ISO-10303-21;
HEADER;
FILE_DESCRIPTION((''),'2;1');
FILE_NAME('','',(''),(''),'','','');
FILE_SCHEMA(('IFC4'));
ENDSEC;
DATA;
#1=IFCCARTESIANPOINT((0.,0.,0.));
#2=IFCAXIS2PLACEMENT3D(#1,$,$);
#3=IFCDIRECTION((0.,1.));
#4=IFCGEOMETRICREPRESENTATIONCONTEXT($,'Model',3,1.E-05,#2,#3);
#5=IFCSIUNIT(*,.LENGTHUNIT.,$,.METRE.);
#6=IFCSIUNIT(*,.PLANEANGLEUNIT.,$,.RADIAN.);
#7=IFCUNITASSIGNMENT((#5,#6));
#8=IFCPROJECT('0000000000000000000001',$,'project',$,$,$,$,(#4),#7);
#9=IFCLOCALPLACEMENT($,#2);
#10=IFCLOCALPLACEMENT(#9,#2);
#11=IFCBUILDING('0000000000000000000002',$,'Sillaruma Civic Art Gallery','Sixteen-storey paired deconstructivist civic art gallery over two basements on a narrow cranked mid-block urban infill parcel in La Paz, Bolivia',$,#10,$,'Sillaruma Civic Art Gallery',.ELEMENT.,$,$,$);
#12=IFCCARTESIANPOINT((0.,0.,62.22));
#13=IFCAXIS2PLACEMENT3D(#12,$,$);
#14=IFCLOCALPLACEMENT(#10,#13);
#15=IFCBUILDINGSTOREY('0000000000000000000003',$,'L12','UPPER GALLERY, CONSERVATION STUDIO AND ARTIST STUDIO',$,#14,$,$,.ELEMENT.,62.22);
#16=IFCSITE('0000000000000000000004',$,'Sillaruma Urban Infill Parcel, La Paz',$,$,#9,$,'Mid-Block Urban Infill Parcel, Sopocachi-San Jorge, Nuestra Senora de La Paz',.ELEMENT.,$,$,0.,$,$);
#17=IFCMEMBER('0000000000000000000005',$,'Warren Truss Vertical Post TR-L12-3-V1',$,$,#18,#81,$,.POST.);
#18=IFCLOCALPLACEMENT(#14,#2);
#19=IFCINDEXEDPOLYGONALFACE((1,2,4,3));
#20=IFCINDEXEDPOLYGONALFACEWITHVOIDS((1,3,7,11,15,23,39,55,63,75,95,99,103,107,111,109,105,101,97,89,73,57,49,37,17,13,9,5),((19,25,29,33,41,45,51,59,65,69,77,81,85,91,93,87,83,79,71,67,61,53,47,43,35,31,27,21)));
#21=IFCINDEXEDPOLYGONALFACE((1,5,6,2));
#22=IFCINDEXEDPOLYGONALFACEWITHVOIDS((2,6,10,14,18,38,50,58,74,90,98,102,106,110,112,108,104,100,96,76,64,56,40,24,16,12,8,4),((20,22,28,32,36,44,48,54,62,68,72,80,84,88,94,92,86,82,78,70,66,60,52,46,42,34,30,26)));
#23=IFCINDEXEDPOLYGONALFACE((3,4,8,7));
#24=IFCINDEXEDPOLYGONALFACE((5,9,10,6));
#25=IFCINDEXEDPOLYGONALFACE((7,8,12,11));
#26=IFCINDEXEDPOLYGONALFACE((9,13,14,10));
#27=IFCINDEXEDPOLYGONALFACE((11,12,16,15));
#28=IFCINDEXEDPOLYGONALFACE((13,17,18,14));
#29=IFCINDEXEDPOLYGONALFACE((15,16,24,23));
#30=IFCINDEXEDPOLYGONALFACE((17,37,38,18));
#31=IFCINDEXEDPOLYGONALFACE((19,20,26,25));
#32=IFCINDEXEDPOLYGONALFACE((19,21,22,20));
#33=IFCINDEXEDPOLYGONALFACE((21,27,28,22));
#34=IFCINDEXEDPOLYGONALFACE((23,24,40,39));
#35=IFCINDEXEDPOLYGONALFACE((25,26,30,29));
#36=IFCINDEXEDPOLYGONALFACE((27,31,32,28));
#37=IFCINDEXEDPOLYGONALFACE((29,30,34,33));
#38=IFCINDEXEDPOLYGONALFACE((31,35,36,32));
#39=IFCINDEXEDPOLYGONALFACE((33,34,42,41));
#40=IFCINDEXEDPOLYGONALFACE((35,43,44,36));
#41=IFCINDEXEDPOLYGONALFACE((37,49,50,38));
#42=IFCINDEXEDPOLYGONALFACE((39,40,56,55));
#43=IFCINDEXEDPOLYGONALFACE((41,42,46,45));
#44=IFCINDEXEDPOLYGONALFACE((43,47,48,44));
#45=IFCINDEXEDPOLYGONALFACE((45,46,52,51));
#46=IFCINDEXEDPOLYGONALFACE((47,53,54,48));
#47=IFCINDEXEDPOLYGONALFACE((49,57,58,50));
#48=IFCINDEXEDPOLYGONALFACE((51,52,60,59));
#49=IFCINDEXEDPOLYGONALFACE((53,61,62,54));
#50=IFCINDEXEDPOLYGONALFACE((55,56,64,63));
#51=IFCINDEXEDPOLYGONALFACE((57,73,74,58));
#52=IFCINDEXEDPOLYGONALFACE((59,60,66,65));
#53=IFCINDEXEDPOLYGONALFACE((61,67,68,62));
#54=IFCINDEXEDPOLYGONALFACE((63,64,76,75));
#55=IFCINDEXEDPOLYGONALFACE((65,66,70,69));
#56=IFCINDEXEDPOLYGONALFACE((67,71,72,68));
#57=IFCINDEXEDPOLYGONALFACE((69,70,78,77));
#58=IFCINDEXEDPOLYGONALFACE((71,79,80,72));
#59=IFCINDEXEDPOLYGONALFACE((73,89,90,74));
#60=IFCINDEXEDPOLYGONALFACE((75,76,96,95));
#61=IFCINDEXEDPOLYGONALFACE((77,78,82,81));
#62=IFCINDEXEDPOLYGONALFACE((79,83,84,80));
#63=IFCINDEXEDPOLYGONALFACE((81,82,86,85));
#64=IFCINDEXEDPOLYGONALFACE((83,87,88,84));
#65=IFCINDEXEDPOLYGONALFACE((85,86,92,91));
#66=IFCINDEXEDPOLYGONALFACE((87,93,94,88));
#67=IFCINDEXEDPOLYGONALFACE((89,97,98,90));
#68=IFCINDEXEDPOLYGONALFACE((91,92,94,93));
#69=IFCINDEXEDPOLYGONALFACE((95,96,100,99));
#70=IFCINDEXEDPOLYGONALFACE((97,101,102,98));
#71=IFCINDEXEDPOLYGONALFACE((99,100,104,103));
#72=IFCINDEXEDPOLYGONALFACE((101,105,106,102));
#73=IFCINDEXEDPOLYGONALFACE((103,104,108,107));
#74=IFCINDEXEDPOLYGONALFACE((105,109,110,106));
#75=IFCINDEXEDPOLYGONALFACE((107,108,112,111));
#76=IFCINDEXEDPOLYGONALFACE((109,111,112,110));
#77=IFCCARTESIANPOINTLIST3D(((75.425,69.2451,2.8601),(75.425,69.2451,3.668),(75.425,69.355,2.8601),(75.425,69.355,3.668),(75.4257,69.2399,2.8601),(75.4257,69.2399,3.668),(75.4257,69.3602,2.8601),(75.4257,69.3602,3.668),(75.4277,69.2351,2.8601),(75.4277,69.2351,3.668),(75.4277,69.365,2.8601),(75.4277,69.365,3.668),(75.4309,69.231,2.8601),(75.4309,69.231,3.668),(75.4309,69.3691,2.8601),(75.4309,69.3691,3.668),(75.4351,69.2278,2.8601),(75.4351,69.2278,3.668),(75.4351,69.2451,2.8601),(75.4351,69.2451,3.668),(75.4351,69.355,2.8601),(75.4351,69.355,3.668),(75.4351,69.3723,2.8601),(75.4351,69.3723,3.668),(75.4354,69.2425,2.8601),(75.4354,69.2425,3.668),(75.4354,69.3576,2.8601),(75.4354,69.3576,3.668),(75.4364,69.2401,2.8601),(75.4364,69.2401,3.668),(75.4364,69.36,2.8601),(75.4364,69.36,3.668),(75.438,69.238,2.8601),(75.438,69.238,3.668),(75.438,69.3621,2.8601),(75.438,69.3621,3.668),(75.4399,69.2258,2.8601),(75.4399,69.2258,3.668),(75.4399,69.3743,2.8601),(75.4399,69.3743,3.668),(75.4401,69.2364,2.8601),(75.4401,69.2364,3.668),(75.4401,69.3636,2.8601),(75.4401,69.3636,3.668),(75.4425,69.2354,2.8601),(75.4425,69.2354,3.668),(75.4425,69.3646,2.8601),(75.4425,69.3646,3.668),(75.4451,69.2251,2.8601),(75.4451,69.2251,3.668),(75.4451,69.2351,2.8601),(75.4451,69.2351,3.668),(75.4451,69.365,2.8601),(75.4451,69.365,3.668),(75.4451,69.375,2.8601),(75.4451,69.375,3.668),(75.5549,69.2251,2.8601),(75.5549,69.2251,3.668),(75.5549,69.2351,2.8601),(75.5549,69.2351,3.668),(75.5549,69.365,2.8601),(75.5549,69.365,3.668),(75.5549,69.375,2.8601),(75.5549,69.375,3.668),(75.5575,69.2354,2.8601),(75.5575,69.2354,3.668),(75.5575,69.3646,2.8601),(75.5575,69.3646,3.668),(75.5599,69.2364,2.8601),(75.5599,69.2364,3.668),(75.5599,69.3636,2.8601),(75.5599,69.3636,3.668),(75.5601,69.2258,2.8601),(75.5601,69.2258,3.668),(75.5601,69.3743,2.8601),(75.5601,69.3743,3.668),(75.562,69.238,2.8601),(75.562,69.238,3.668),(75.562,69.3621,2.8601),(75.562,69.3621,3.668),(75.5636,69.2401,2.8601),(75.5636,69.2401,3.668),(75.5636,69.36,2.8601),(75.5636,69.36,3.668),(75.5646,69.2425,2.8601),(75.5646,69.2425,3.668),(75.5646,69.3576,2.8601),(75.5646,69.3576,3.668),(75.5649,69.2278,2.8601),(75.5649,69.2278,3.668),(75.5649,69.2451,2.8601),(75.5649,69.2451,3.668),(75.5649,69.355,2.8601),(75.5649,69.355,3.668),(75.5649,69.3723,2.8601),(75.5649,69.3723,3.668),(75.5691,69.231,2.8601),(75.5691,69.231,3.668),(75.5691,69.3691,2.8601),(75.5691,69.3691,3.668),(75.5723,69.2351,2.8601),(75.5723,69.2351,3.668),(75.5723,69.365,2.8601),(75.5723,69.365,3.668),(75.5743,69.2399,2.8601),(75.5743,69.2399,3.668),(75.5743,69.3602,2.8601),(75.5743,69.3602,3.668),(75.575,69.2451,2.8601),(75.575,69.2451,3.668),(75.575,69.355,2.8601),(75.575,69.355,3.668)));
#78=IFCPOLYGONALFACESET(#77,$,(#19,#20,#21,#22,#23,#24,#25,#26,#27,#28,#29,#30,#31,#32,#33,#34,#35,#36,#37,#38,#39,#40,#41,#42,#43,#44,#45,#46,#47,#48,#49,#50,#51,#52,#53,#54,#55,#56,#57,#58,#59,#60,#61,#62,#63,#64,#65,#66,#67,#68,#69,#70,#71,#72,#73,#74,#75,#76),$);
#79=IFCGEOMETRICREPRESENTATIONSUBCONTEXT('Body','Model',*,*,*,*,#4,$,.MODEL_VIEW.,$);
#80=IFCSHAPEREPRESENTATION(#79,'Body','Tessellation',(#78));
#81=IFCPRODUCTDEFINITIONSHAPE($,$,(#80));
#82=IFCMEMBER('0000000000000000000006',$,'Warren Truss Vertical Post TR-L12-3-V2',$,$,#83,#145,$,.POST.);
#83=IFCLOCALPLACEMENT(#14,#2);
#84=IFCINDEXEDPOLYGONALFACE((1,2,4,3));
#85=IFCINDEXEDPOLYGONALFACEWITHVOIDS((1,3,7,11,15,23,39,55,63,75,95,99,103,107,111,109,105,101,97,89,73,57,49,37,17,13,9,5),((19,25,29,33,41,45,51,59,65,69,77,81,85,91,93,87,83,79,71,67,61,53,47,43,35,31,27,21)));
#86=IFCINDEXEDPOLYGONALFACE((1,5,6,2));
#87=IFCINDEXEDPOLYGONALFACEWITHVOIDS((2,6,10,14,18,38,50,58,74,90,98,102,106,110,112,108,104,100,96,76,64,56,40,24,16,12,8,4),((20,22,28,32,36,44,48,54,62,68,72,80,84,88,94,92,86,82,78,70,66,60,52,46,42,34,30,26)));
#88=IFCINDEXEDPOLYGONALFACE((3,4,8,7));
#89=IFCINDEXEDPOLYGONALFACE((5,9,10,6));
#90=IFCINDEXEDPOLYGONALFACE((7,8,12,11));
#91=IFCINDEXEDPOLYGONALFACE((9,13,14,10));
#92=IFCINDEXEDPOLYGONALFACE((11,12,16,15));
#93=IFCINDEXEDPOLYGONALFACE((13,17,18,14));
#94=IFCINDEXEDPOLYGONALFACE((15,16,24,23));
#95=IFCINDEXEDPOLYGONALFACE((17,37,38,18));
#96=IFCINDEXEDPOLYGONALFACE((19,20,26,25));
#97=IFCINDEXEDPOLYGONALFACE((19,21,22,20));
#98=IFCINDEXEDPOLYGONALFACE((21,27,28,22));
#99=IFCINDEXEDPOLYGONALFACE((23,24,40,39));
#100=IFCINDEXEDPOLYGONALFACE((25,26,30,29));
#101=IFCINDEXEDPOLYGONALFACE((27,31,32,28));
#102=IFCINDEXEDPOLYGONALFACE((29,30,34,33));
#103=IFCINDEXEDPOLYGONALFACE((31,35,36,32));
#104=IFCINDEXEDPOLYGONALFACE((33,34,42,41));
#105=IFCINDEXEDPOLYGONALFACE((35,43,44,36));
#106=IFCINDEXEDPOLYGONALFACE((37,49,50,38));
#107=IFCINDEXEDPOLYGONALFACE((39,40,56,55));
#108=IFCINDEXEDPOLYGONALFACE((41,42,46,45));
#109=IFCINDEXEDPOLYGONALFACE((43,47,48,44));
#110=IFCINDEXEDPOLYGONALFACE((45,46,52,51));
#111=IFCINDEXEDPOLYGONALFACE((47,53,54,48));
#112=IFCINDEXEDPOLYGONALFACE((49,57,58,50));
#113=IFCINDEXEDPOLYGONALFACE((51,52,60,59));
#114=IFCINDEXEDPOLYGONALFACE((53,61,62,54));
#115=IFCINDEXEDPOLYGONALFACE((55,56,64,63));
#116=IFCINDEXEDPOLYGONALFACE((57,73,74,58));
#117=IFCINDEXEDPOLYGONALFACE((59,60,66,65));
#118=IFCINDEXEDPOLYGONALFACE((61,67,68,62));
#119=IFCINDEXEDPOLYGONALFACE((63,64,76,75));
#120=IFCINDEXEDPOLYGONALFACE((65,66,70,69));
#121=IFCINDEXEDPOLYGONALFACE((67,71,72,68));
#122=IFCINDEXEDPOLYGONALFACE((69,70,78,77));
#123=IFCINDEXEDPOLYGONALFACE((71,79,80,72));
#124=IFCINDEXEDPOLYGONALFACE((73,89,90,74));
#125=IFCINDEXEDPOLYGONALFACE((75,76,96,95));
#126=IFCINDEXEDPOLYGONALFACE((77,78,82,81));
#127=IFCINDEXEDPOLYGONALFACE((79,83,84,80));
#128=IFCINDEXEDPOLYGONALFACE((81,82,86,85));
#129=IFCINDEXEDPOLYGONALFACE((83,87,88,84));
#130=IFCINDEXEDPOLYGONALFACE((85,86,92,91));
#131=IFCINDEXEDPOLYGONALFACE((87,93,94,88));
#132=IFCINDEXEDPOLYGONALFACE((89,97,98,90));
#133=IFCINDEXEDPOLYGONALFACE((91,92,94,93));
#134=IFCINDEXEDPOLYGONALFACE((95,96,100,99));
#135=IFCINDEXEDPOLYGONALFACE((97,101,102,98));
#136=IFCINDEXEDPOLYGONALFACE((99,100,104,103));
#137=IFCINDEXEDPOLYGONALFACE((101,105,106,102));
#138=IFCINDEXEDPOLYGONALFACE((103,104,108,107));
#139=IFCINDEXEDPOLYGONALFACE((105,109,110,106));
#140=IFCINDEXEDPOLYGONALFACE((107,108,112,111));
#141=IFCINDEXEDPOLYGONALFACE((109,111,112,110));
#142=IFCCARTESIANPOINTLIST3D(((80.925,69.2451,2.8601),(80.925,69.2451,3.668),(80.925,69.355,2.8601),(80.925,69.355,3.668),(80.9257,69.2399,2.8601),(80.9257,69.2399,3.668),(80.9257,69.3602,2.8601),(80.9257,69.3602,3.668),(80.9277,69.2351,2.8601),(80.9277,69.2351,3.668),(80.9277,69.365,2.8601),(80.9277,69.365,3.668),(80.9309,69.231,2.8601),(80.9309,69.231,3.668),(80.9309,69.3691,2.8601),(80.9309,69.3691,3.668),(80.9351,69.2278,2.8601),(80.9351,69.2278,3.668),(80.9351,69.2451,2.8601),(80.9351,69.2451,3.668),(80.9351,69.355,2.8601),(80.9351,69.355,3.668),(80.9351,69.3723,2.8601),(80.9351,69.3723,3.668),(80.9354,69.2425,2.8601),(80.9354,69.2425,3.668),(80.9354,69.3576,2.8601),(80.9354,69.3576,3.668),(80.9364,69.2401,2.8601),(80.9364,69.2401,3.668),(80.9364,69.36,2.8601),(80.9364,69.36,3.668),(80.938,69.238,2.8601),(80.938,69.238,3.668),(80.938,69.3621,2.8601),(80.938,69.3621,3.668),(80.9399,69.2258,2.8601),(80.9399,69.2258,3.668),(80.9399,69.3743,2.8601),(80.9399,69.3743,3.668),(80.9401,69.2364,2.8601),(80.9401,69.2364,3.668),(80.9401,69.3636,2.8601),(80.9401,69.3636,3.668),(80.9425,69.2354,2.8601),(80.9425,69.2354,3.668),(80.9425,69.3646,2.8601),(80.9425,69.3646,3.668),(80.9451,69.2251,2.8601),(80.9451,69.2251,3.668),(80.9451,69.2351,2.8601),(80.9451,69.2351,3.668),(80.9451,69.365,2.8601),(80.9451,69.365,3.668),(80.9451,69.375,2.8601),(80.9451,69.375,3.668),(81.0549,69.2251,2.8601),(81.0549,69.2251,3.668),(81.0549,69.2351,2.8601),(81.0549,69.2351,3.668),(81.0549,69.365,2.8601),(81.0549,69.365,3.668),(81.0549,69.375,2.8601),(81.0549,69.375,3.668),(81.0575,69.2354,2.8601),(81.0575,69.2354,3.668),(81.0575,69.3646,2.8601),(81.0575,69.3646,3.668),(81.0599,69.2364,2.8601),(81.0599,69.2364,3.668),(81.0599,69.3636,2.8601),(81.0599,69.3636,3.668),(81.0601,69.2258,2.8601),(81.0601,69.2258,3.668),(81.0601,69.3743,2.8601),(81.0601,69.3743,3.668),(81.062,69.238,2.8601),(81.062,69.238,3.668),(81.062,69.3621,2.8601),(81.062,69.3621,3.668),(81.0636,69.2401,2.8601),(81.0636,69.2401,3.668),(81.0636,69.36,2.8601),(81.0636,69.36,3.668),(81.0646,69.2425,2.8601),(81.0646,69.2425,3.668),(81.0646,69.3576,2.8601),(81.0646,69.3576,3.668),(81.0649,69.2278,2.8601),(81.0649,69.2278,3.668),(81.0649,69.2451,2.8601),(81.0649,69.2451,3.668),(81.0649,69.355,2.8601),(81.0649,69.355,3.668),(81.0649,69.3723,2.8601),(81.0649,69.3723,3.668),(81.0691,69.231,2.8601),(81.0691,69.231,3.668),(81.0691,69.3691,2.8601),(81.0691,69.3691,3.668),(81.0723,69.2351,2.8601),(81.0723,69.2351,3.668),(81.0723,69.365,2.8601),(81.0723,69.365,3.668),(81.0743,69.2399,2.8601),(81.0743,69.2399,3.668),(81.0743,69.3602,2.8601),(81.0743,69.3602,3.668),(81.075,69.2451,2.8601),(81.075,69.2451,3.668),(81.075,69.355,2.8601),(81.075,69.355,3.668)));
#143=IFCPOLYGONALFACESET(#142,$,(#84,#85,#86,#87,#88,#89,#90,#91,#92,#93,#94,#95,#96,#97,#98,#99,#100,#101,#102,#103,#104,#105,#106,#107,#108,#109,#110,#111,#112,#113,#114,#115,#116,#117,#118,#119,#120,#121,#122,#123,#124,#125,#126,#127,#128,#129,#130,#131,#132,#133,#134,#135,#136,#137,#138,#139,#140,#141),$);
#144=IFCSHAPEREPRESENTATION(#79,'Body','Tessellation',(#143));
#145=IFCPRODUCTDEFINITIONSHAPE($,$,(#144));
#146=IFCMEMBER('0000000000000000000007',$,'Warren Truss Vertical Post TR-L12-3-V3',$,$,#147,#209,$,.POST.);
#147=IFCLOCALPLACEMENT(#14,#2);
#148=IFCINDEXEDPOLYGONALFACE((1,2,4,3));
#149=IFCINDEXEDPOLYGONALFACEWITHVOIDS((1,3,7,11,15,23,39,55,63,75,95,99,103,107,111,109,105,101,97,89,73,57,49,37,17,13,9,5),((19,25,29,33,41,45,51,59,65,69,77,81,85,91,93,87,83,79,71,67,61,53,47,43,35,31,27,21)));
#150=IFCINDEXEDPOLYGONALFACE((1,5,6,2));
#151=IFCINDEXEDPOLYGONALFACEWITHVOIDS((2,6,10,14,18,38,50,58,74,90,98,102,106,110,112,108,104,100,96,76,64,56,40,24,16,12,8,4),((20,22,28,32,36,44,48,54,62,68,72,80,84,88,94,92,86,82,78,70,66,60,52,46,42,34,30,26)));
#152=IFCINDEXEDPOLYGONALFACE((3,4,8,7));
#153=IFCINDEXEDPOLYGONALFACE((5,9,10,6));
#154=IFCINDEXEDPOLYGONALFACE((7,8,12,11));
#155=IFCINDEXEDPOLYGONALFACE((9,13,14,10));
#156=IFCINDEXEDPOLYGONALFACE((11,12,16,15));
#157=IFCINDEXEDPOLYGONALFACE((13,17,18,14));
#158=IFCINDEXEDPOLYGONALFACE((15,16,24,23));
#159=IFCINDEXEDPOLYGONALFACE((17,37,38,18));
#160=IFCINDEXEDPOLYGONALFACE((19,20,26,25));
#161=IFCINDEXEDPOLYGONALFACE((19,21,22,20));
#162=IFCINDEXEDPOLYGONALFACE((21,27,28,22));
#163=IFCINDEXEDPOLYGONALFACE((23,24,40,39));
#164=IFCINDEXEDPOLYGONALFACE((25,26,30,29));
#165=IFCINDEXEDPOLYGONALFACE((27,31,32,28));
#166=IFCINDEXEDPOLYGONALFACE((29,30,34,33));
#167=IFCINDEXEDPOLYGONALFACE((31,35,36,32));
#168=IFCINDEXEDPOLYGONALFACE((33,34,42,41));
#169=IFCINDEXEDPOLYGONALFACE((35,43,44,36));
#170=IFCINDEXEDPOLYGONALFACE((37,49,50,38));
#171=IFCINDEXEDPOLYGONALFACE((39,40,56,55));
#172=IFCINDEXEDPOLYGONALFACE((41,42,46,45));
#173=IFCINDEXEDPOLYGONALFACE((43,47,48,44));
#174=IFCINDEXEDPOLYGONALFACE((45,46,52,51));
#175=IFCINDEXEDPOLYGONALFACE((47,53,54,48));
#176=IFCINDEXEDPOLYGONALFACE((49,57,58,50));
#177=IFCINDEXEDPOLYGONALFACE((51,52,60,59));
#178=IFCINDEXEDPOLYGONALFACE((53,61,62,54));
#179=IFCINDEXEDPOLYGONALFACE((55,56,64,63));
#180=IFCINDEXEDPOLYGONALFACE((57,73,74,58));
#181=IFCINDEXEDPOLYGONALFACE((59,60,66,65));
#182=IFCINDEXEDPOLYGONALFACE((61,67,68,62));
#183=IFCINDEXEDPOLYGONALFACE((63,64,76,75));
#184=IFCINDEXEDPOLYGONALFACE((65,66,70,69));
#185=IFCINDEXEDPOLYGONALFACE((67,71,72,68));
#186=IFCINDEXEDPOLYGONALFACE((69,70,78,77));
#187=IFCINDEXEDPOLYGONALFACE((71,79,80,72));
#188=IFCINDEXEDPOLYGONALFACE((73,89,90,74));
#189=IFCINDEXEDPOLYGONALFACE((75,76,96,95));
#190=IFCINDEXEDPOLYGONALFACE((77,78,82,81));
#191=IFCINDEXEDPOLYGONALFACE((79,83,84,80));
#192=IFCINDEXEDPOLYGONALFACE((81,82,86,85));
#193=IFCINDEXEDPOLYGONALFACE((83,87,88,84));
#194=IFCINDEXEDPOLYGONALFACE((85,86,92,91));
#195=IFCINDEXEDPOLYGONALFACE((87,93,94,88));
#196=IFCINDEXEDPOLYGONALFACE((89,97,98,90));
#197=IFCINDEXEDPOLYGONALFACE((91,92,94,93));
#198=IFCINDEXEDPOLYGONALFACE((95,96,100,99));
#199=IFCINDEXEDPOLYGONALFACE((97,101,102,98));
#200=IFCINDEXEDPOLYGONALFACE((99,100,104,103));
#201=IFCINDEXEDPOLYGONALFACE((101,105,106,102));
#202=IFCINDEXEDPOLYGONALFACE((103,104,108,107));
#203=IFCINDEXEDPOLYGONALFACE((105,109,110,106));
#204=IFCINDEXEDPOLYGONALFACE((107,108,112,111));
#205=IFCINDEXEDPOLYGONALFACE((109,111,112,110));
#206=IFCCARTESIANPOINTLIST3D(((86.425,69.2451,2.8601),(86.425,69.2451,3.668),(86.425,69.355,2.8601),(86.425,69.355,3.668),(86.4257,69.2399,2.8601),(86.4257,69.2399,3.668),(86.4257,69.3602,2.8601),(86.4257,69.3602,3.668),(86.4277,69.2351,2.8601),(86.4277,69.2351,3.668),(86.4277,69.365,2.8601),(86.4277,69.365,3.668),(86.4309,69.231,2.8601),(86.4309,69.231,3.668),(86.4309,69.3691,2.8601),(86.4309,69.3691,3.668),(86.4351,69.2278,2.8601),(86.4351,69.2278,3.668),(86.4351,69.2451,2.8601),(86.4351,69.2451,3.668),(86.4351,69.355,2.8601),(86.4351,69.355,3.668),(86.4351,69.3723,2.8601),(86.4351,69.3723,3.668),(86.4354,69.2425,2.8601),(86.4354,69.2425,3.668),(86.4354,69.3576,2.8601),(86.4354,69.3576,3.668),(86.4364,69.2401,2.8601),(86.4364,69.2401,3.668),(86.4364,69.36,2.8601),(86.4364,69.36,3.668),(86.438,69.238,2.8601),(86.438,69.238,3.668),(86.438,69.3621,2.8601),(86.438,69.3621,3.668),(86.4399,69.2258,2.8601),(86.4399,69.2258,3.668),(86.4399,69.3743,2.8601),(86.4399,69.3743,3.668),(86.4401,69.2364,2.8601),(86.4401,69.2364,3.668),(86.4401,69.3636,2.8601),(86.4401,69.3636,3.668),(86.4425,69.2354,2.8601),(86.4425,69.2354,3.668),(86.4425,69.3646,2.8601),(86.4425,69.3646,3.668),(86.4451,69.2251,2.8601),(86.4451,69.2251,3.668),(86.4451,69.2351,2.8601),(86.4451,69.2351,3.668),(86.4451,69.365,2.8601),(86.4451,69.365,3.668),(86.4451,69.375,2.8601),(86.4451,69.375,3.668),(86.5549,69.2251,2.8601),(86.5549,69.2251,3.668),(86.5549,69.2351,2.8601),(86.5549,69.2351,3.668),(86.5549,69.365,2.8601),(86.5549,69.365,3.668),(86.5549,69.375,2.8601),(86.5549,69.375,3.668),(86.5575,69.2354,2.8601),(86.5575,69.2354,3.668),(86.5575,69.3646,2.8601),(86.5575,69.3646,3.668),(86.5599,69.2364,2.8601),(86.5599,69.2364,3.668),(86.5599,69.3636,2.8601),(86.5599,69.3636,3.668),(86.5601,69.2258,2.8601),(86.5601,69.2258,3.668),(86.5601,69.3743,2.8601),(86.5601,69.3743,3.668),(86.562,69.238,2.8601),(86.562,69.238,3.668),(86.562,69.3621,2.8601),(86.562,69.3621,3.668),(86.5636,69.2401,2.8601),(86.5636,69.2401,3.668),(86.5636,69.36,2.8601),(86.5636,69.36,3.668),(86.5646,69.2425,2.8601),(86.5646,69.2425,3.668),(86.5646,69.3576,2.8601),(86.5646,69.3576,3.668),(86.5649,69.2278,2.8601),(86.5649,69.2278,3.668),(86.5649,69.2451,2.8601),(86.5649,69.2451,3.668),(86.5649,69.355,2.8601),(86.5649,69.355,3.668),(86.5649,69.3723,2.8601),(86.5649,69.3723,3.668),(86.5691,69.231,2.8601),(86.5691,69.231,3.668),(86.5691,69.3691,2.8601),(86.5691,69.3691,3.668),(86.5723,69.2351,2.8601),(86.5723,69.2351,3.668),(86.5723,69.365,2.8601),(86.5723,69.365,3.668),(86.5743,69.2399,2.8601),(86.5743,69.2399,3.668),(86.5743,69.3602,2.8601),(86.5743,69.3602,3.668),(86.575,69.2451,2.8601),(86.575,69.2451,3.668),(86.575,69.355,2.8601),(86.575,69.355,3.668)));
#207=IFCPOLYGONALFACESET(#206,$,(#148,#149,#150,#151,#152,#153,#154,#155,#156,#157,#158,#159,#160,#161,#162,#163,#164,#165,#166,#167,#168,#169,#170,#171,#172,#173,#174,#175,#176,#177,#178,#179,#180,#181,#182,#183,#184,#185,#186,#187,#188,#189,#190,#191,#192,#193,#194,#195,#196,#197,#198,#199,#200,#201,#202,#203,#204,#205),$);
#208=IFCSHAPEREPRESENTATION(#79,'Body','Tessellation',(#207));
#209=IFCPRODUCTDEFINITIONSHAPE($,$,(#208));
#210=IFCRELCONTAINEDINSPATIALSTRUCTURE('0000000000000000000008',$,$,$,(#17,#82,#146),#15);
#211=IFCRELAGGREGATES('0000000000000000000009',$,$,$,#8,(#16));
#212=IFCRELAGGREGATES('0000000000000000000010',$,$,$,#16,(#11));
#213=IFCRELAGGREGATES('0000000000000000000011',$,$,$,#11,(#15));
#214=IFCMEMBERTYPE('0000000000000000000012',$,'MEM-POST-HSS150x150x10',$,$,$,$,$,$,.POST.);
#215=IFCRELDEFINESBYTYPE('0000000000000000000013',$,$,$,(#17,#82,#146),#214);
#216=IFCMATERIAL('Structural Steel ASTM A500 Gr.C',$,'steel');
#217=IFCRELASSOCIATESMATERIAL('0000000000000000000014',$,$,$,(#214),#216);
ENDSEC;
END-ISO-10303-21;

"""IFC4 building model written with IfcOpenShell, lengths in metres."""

from ifc_helpers import new_model, si_unit, direction, frame, origin, origin_2d, place, context, subcontext, project, spatial, hollow_rectangle, extrude, material, material_profile, profile_set, type_object, element, save


model = new_model("IFC4")

# Units and contexts
model_context = context("Model", 3, precision=1e-05, world=origin(), true_north=direction((0.0, 1.0)))
body_context = subcontext(model_context, "Body", "Model", "MODEL_VIEW")
ifc_project = project(units=[si_unit("LENGTHUNIT", "METRE"), si_unit("PLANEANGLEUNIT", "RADIAN")], contexts=[model_context])

# Site, building, storey
site_placement = place(None, origin())
site = spatial("IfcSite", under=ifc_project, at=site_placement, Name="Sillaruma Urban Infill Parcel, La Paz", LongName="Mid-Block Urban Infill Parcel, Sopocachi-San Jorge, Nuestra Senora de La Paz", CompositionType="ELEMENT", RefElevation=0.0)
building_placement = place(site_placement, origin())
building = spatial("IfcBuilding", under=site, at=building_placement, Name="Sillaruma Civic Art Gallery", Description="Sixteen-storey paired deconstructivist civic art gallery over two basements on a narrow cranked mid-block urban infill parcel in La Paz, Bolivia", LongName="Sillaruma Civic Art Gallery", CompositionType="ELEMENT")
storey_placement = place(building_placement, frame((0.0, 0.0, 62.22)))
storey = spatial("IfcBuildingStorey", under=building, at=storey_placement, Name="L12", Description="UPPER GALLERY, CONSERVATION STUDIO AND ARTIST STUDIO", CompositionType="ELEMENT", Elevation=62.22)

# Members
ifc_material_1 = material(Name="Structural Steel ASTM A500 Gr.C", Category="steel")
ifc_material_profile_1 = material_profile(ifc_material_1, hollow_rectangle(XDim=0.1499, YDim=0.1499, WallThickness=0.01, InnerFilletRadius=0.01, OuterFilletRadius=0.02, at=origin_2d()), Name="HSS150x150x10")
ifc_profile_set_1 = profile_set([ifc_material_profile_1], Name="Structural Steel ASTM A500 Gr.C")
member_type_1 = type_object("IfcMemberType", Name="MEM-POST-HSS150x150x10", PredefinedType="POST", material=ifc_profile_set_1)
for number, where, z_axis, x_axis, name in (
    (1, (75.5, 69.3, 2.8601), (0.0, 0.0, 1.0), (1.0, 0.0, 0.0), "Warren Truss Vertical Post TR-L12-3-V1"),
    (2, (81.0, 69.3, 2.8601), (0.0, 0.0, 1.0), (1.0, 0.0, 0.0), "Warren Truss Vertical Post TR-L12-3-V2"),
    (3, (86.5, 69.3, 2.8601), (0.0, 0.0, 1.0), (1.0, 0.0, 0.0), "Warren Truss Vertical Post TR-L12-3-V3"),
):
    element("IfcMember", number, at=place(storey_placement, frame(where, z_axis=z_axis, x_axis=x_axis)), inside=storey, type_object=member_type_1, Name=name, PredefinedType="POST", context=body_context, shape_type="SweptSolid", body=[
        extrude(hollow_rectangle(XDim=0.1499, YDim=0.1499, WallThickness=0.01, InnerFilletRadius=0.01, OuterFilletRadius=0.02, at=origin_2d()), origin(), (0.0, 0.0, 1.0), 0.8079),
    ])

save(model, "model.ifc")
